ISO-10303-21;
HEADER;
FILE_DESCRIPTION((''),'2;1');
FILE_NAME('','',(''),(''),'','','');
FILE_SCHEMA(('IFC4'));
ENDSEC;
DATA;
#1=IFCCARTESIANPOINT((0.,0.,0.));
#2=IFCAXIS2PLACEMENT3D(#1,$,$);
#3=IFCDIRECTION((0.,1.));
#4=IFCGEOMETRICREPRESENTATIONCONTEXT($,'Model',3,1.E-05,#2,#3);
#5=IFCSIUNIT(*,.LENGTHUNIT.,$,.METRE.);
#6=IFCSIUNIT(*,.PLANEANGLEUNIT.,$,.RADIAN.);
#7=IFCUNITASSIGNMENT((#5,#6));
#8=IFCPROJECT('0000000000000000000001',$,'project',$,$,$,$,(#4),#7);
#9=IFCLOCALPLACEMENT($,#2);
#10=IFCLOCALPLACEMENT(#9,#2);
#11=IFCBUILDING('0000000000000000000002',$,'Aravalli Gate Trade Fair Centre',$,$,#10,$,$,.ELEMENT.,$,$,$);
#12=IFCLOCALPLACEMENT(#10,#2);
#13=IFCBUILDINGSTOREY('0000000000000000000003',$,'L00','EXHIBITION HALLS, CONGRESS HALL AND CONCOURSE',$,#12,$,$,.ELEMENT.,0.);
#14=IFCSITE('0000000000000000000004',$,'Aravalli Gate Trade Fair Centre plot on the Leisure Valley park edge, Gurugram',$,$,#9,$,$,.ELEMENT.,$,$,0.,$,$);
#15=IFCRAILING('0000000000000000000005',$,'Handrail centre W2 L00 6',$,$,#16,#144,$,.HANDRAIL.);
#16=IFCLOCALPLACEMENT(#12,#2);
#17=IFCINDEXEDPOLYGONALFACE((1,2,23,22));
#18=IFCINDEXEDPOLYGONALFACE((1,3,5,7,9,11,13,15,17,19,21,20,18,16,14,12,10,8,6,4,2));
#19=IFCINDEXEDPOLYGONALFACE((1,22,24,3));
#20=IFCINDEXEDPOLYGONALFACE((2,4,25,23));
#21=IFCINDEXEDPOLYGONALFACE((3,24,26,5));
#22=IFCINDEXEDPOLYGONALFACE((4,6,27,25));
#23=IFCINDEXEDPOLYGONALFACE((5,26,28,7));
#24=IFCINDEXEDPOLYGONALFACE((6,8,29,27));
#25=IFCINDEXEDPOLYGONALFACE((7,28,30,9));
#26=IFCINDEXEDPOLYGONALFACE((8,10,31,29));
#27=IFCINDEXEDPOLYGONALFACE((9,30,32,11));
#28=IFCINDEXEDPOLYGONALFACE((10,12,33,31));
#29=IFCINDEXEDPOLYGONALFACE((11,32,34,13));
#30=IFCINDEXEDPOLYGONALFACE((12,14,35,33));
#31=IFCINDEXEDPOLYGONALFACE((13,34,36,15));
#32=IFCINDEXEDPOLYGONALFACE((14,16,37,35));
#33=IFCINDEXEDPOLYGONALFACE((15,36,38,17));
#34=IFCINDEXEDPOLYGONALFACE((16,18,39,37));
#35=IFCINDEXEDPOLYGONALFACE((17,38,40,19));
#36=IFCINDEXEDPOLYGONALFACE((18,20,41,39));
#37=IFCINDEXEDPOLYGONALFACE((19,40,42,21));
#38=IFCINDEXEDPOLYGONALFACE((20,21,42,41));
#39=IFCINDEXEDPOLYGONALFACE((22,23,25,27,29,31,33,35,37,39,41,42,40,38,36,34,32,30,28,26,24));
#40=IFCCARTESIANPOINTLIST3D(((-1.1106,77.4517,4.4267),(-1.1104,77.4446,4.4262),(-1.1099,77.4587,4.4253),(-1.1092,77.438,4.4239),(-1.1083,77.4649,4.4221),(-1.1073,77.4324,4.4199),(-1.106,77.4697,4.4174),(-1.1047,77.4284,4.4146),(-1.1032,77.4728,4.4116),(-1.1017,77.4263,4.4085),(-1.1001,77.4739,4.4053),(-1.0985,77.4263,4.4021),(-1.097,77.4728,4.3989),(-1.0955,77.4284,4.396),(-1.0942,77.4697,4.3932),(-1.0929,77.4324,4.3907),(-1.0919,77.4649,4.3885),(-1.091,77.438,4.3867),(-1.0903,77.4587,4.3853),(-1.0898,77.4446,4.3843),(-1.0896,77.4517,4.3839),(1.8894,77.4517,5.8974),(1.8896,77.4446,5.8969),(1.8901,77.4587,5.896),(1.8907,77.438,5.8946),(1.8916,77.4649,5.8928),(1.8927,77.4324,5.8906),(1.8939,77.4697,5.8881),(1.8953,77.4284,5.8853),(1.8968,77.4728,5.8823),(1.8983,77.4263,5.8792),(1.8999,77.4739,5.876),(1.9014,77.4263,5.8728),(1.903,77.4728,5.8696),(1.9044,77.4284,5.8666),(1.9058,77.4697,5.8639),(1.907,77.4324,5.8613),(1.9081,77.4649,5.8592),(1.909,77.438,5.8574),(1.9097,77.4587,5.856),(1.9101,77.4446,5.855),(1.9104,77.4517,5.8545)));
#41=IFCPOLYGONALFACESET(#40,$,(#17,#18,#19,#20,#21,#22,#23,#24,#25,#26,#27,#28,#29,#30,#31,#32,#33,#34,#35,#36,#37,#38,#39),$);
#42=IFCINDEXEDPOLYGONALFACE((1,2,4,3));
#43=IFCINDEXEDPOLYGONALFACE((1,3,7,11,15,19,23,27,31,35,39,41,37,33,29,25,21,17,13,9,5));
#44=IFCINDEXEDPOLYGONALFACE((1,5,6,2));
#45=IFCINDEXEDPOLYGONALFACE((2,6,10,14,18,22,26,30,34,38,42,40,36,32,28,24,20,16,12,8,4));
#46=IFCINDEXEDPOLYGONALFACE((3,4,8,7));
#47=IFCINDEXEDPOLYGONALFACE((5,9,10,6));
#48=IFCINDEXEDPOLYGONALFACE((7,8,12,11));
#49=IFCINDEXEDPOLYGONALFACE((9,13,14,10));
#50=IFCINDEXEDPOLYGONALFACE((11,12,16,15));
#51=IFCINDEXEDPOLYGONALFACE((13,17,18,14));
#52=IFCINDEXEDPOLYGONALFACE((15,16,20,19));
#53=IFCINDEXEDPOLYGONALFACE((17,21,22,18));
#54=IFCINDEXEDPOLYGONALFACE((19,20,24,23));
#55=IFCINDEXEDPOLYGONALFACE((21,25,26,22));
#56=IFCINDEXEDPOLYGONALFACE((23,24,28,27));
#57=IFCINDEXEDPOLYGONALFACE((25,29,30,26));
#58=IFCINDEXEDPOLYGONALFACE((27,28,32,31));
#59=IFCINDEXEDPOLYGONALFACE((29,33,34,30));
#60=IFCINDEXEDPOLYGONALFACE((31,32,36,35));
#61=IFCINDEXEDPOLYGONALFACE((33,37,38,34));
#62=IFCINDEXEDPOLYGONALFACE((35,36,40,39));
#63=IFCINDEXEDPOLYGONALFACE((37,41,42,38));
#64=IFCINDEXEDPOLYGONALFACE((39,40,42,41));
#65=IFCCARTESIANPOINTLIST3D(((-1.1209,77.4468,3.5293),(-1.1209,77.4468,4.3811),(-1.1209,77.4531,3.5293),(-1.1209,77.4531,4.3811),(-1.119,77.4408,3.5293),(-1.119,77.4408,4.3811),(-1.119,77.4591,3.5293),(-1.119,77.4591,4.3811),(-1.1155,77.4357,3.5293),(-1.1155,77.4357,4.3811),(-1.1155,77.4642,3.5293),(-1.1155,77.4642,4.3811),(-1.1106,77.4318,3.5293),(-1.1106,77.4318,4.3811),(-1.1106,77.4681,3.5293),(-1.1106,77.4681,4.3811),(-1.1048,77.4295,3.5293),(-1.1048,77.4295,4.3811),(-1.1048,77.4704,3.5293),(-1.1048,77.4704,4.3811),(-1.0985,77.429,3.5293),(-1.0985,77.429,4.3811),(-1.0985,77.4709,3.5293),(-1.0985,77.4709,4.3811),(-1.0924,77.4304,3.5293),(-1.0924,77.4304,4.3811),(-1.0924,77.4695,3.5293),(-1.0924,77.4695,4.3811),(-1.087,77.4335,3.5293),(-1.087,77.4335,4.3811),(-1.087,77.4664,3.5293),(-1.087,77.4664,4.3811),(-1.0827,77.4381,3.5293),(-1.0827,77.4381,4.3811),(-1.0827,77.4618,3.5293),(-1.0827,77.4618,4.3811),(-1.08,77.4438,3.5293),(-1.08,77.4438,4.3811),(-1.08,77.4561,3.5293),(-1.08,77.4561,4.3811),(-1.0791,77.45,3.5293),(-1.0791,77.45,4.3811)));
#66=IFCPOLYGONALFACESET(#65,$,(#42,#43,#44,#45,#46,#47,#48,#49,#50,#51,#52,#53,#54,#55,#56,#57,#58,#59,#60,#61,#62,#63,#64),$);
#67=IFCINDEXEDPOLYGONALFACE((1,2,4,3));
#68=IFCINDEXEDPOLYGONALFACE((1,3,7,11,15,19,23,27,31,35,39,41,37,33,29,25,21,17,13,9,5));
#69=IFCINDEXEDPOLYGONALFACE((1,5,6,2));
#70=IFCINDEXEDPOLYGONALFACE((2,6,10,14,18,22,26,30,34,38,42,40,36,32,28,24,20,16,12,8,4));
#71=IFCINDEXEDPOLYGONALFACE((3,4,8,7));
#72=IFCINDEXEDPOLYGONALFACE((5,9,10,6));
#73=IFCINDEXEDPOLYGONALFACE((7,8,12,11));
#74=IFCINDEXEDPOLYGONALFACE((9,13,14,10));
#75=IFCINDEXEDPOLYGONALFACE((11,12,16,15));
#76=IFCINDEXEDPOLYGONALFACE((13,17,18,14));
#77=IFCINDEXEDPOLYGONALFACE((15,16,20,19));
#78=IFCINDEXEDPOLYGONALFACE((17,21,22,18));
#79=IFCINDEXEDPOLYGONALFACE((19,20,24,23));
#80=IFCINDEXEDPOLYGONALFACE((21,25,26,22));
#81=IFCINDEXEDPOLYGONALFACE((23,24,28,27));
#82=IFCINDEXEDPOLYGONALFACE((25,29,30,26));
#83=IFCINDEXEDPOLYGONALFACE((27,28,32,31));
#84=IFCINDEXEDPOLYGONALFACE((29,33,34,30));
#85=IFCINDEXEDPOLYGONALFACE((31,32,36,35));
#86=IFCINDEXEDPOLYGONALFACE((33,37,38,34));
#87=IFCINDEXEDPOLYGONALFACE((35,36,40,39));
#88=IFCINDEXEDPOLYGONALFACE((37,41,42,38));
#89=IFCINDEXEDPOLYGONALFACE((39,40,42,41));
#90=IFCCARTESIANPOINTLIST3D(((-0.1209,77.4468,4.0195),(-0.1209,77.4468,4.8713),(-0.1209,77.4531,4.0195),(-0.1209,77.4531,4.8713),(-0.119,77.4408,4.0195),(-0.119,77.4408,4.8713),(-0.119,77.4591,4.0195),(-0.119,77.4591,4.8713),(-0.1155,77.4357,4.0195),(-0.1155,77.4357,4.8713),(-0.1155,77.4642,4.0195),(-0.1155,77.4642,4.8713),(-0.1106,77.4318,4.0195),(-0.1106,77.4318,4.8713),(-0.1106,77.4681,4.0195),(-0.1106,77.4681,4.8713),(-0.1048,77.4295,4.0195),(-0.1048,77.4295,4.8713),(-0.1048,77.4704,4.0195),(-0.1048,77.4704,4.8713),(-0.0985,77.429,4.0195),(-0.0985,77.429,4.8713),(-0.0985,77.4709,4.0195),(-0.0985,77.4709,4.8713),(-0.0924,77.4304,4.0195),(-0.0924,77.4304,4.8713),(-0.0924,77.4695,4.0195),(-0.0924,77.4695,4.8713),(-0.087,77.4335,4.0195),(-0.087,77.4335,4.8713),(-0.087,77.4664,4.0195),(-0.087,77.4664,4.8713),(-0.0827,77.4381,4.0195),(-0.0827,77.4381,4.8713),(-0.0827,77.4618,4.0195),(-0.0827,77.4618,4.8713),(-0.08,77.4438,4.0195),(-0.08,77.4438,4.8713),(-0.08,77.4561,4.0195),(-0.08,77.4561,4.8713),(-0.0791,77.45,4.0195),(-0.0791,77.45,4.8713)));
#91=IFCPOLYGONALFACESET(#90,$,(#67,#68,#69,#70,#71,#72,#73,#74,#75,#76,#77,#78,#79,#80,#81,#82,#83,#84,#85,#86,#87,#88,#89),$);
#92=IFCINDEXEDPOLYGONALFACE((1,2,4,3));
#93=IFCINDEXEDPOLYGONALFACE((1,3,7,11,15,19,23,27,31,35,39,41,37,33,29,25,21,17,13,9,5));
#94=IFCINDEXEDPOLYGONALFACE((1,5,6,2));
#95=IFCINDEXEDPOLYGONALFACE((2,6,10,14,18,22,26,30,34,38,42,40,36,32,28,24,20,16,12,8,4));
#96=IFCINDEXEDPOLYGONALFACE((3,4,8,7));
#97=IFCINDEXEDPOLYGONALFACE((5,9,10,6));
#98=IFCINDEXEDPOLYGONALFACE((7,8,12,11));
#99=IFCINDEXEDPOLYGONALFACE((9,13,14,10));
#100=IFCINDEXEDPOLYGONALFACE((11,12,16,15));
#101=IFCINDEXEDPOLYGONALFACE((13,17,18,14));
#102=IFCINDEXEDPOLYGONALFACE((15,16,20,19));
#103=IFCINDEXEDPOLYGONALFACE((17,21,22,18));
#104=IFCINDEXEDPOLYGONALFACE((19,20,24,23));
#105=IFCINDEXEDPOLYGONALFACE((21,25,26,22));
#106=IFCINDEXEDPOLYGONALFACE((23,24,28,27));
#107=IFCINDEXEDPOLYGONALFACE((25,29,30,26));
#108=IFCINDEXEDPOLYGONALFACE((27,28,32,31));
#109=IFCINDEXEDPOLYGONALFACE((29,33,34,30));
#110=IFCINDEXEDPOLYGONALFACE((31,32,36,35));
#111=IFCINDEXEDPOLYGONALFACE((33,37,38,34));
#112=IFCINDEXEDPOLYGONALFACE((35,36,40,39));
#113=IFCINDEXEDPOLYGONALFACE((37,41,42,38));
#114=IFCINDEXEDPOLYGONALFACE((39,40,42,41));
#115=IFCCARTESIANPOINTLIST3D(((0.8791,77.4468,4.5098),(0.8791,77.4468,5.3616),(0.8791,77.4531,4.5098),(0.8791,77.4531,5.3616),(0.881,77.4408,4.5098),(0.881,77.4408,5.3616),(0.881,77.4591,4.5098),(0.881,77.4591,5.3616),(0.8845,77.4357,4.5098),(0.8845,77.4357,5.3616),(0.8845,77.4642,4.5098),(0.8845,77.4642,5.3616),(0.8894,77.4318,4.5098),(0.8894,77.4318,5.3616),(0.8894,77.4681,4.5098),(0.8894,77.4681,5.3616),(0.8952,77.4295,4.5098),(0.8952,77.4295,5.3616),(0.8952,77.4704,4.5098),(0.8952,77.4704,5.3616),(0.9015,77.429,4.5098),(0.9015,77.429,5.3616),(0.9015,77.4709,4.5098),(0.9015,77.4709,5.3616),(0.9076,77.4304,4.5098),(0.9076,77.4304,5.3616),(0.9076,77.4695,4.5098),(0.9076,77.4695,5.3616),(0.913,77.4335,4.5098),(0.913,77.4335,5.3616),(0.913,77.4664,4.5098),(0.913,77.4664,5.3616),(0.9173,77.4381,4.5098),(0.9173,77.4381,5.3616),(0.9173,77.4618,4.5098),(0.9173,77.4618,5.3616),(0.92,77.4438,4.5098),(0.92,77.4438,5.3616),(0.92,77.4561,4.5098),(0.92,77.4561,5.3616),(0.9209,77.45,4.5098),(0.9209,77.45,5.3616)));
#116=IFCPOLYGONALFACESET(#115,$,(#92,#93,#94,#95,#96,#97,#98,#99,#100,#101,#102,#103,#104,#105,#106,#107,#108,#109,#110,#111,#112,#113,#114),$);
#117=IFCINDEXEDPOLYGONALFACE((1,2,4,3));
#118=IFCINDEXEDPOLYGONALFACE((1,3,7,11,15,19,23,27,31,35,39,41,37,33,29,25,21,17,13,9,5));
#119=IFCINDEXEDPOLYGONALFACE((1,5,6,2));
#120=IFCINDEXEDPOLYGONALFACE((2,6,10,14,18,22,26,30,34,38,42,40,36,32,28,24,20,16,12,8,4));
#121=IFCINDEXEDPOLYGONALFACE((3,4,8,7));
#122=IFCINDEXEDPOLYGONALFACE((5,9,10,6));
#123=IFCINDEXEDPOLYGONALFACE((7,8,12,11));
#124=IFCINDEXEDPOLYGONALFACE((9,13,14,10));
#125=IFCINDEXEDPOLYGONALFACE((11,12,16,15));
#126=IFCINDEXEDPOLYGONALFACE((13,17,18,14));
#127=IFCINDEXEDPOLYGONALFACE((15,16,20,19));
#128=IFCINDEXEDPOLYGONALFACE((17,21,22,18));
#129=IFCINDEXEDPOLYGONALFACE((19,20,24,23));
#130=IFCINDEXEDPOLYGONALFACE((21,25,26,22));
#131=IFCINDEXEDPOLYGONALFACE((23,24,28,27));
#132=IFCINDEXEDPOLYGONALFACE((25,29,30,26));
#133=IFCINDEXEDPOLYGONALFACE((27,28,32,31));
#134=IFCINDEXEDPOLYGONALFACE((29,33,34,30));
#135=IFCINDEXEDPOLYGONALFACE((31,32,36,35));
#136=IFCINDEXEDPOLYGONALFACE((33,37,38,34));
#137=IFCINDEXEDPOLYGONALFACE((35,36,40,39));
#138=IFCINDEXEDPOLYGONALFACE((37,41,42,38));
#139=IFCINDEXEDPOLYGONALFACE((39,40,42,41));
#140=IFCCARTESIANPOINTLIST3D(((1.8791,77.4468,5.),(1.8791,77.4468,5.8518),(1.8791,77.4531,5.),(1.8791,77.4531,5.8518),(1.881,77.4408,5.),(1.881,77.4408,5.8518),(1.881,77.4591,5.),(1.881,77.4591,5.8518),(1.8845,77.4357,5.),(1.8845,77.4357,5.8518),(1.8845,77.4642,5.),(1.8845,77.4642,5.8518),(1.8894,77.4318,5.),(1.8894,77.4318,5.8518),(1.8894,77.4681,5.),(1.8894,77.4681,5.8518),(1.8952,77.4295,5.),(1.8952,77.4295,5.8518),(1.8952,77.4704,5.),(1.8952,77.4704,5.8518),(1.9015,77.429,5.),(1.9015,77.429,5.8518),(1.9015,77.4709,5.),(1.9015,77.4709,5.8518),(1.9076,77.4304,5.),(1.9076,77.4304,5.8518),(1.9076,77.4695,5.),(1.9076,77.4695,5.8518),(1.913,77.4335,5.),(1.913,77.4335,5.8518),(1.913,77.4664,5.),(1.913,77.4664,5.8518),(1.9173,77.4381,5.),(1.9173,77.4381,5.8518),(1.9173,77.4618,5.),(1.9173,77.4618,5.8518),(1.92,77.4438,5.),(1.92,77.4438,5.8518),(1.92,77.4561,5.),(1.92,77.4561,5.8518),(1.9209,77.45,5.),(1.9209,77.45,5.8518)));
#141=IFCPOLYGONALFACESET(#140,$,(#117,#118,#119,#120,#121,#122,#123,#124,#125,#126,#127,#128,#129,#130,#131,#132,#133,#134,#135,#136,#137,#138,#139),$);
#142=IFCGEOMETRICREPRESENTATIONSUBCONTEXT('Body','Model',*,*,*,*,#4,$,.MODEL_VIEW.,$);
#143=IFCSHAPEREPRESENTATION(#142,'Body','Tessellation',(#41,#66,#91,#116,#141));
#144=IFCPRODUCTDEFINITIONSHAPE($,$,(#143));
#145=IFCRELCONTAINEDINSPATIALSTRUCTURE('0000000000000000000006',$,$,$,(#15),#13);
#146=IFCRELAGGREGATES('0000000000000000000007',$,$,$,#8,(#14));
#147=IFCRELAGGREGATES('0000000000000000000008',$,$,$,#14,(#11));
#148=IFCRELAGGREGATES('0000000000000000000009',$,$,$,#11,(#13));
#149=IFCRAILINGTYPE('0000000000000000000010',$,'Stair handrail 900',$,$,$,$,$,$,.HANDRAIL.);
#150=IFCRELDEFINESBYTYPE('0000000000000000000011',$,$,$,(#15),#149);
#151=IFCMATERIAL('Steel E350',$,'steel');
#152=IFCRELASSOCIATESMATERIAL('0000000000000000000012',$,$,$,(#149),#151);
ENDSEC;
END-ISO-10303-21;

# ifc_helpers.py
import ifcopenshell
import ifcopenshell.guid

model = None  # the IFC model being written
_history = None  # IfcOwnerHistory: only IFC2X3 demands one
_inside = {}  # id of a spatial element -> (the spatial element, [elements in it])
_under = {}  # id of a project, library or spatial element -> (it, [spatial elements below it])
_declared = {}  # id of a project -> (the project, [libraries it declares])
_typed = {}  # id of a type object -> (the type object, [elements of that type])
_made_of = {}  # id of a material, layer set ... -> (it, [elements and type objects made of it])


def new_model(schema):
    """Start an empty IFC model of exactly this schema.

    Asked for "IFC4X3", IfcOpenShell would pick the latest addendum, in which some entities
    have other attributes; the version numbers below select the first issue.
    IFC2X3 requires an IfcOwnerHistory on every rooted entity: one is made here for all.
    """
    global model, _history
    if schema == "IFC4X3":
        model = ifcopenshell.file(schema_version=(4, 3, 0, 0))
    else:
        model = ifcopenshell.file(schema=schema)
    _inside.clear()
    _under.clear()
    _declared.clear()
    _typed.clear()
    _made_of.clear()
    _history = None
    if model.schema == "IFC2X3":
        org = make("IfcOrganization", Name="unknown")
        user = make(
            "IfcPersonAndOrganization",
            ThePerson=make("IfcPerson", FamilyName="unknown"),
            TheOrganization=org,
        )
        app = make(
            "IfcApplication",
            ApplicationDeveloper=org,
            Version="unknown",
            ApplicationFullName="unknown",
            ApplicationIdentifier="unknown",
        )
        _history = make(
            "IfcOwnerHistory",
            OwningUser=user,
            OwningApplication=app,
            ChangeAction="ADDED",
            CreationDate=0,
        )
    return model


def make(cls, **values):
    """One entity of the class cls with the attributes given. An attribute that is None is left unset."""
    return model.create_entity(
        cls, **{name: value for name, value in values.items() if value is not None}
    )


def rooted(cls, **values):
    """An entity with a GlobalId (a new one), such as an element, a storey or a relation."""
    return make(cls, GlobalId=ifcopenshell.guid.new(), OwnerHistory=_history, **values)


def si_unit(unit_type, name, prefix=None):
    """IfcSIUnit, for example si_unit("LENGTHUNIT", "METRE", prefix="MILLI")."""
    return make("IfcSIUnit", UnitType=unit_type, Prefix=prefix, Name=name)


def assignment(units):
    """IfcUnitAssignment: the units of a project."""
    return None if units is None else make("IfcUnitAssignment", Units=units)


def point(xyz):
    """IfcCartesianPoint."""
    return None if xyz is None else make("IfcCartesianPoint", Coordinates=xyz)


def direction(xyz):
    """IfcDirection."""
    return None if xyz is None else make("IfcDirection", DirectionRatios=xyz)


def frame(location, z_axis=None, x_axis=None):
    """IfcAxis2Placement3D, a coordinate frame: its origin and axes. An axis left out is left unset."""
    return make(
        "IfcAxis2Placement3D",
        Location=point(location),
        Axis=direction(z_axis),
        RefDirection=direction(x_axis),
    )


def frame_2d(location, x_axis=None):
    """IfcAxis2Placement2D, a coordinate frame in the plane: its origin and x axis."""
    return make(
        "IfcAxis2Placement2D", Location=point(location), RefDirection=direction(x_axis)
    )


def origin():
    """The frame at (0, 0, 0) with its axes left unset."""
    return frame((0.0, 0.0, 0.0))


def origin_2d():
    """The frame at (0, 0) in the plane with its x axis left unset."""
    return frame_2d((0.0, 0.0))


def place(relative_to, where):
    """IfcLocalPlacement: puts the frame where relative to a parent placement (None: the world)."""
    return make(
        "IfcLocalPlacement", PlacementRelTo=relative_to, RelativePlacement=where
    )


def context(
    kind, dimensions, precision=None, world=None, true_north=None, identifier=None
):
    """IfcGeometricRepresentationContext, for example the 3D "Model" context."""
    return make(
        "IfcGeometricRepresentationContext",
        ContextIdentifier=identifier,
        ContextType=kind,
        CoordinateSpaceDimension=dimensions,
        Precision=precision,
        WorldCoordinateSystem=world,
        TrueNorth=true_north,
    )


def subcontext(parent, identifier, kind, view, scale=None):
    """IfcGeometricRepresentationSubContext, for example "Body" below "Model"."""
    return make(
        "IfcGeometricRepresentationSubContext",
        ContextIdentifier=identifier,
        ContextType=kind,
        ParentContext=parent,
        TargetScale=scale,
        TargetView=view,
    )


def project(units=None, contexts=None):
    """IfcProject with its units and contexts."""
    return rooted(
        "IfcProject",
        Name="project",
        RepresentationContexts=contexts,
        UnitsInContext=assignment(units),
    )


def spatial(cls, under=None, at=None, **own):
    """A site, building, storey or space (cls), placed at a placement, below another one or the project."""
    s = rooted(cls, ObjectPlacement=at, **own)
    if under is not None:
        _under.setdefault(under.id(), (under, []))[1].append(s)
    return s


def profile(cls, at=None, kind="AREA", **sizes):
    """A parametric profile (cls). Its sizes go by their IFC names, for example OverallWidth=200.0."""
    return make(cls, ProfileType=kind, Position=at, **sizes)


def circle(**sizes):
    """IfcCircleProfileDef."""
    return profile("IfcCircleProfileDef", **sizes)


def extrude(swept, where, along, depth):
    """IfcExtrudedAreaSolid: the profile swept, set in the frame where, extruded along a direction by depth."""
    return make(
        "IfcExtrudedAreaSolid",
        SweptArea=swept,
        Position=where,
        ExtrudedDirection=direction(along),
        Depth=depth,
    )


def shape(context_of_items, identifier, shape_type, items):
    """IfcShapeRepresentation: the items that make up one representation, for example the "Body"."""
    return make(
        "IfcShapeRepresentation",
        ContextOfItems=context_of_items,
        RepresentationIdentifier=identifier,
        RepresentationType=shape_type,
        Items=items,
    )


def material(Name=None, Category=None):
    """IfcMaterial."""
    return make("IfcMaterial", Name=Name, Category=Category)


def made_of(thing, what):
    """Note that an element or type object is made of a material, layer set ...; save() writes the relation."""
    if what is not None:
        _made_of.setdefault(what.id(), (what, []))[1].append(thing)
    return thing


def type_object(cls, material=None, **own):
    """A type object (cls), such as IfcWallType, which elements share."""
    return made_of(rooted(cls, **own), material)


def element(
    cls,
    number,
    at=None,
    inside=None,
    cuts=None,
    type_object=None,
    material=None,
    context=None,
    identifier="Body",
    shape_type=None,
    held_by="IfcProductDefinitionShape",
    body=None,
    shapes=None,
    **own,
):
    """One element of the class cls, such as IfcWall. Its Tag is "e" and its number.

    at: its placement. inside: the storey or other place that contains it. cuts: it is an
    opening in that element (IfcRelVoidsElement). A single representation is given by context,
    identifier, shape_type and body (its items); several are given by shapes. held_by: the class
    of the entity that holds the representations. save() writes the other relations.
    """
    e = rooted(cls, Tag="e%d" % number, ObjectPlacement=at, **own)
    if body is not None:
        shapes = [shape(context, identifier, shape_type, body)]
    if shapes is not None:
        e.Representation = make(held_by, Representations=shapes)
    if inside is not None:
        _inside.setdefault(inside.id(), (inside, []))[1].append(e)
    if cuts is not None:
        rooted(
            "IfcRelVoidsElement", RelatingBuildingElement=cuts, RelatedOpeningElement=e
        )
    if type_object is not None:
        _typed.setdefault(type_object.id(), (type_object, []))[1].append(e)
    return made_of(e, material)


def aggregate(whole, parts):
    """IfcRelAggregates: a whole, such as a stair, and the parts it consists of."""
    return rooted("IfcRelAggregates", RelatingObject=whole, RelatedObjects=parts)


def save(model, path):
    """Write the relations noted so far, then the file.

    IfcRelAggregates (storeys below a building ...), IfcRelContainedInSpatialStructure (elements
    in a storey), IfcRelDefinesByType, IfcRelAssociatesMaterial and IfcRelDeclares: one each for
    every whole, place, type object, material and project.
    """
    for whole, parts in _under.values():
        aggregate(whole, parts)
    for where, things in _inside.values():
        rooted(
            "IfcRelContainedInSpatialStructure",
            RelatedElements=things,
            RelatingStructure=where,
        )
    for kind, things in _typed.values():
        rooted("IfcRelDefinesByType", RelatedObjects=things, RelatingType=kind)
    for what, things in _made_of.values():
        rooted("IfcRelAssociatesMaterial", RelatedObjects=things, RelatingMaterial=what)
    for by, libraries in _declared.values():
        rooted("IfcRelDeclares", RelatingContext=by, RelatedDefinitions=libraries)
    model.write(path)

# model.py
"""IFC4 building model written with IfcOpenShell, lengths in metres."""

from ifc_helpers import new_model, si_unit, direction, frame, origin, origin_2d, place, context, subcontext, project, spatial, circle, extrude, material, type_object, element, save


model = new_model("IFC4")

# Units and contexts
model_context = context("Model", 3, precision=1e-05, world=origin(), true_north=direction((0.0, 1.0)))
body_context = subcontext(model_context, "Body", "Model", "MODEL_VIEW")
ifc_project = project(units=[si_unit("LENGTHUNIT", "METRE"), si_unit("PLANEANGLEUNIT", "RADIAN")], contexts=[model_context])

# Site, building, storey
site_placement = place(None, origin())
site = spatial("IfcSite", under=ifc_project, at=site_placement, Name="Aravalli Gate Trade Fair Centre plot on the Leisure Valley park edge, Gurugram", CompositionType="ELEMENT", RefElevation=0.0)
building_placement = place(site_placement, origin())
building = spatial("IfcBuilding", under=site, at=building_placement, Name="Aravalli Gate Trade Fair Centre", CompositionType="ELEMENT")
storey_placement = place(building_placement, origin())
storey = spatial("IfcBuildingStorey", under=building, at=storey_placement, Name="L00", Description="EXHIBITION HALLS, CONGRESS HALL AND CONCOURSE", CompositionType="ELEMENT", Elevation=0.0)

# Railing
ifc_material_1 = material(Name="Steel E350", Category="steel")
railing_type = type_object("IfcRailingType", Name="Stair handrail 900", PredefinedType="HANDRAIL", material=ifc_material_1)
railing_1_placement = place(storey_placement, frame((-1.1001, 77.45, 3.5293)))
element("IfcRailing", 1, at=railing_1_placement, inside=storey, type_object=railing_type, Name="Handrail centre W2 L00 6", PredefinedType="HANDRAIL", context=body_context, shape_type="SweptSolid", body=[
    extrude(circle(Radius=0.0239, at=origin_2d()), frame((0.0, 0.0, 0.876), z_axis=(0.897907, 0.0, 0.440185), x_axis=(0.0, 1.0, 0.0)), (0.0, 0.0, 1.0), 3.3411),
    extrude(circle(Radius=0.021, at=origin_2d()), origin(), (0.0, 0.0, 1.0), 0.8518),
    extrude(circle(Radius=0.021, at=origin_2d()), frame((1.0, 0.0, 0.4902)), (0.0, 0.0, 1.0), 0.8518),
    extrude(circle(Radius=0.021, at=origin_2d()), frame((2.0, 0.0, 0.9805)), (0.0, 0.0, 1.0), 0.8518),
    extrude(circle(Radius=0.021, at=origin_2d()), frame((3.0, 0.0, 1.4707)), (0.0, 0.0, 1.0), 0.8518),
])

save(model, "model.ifc")
